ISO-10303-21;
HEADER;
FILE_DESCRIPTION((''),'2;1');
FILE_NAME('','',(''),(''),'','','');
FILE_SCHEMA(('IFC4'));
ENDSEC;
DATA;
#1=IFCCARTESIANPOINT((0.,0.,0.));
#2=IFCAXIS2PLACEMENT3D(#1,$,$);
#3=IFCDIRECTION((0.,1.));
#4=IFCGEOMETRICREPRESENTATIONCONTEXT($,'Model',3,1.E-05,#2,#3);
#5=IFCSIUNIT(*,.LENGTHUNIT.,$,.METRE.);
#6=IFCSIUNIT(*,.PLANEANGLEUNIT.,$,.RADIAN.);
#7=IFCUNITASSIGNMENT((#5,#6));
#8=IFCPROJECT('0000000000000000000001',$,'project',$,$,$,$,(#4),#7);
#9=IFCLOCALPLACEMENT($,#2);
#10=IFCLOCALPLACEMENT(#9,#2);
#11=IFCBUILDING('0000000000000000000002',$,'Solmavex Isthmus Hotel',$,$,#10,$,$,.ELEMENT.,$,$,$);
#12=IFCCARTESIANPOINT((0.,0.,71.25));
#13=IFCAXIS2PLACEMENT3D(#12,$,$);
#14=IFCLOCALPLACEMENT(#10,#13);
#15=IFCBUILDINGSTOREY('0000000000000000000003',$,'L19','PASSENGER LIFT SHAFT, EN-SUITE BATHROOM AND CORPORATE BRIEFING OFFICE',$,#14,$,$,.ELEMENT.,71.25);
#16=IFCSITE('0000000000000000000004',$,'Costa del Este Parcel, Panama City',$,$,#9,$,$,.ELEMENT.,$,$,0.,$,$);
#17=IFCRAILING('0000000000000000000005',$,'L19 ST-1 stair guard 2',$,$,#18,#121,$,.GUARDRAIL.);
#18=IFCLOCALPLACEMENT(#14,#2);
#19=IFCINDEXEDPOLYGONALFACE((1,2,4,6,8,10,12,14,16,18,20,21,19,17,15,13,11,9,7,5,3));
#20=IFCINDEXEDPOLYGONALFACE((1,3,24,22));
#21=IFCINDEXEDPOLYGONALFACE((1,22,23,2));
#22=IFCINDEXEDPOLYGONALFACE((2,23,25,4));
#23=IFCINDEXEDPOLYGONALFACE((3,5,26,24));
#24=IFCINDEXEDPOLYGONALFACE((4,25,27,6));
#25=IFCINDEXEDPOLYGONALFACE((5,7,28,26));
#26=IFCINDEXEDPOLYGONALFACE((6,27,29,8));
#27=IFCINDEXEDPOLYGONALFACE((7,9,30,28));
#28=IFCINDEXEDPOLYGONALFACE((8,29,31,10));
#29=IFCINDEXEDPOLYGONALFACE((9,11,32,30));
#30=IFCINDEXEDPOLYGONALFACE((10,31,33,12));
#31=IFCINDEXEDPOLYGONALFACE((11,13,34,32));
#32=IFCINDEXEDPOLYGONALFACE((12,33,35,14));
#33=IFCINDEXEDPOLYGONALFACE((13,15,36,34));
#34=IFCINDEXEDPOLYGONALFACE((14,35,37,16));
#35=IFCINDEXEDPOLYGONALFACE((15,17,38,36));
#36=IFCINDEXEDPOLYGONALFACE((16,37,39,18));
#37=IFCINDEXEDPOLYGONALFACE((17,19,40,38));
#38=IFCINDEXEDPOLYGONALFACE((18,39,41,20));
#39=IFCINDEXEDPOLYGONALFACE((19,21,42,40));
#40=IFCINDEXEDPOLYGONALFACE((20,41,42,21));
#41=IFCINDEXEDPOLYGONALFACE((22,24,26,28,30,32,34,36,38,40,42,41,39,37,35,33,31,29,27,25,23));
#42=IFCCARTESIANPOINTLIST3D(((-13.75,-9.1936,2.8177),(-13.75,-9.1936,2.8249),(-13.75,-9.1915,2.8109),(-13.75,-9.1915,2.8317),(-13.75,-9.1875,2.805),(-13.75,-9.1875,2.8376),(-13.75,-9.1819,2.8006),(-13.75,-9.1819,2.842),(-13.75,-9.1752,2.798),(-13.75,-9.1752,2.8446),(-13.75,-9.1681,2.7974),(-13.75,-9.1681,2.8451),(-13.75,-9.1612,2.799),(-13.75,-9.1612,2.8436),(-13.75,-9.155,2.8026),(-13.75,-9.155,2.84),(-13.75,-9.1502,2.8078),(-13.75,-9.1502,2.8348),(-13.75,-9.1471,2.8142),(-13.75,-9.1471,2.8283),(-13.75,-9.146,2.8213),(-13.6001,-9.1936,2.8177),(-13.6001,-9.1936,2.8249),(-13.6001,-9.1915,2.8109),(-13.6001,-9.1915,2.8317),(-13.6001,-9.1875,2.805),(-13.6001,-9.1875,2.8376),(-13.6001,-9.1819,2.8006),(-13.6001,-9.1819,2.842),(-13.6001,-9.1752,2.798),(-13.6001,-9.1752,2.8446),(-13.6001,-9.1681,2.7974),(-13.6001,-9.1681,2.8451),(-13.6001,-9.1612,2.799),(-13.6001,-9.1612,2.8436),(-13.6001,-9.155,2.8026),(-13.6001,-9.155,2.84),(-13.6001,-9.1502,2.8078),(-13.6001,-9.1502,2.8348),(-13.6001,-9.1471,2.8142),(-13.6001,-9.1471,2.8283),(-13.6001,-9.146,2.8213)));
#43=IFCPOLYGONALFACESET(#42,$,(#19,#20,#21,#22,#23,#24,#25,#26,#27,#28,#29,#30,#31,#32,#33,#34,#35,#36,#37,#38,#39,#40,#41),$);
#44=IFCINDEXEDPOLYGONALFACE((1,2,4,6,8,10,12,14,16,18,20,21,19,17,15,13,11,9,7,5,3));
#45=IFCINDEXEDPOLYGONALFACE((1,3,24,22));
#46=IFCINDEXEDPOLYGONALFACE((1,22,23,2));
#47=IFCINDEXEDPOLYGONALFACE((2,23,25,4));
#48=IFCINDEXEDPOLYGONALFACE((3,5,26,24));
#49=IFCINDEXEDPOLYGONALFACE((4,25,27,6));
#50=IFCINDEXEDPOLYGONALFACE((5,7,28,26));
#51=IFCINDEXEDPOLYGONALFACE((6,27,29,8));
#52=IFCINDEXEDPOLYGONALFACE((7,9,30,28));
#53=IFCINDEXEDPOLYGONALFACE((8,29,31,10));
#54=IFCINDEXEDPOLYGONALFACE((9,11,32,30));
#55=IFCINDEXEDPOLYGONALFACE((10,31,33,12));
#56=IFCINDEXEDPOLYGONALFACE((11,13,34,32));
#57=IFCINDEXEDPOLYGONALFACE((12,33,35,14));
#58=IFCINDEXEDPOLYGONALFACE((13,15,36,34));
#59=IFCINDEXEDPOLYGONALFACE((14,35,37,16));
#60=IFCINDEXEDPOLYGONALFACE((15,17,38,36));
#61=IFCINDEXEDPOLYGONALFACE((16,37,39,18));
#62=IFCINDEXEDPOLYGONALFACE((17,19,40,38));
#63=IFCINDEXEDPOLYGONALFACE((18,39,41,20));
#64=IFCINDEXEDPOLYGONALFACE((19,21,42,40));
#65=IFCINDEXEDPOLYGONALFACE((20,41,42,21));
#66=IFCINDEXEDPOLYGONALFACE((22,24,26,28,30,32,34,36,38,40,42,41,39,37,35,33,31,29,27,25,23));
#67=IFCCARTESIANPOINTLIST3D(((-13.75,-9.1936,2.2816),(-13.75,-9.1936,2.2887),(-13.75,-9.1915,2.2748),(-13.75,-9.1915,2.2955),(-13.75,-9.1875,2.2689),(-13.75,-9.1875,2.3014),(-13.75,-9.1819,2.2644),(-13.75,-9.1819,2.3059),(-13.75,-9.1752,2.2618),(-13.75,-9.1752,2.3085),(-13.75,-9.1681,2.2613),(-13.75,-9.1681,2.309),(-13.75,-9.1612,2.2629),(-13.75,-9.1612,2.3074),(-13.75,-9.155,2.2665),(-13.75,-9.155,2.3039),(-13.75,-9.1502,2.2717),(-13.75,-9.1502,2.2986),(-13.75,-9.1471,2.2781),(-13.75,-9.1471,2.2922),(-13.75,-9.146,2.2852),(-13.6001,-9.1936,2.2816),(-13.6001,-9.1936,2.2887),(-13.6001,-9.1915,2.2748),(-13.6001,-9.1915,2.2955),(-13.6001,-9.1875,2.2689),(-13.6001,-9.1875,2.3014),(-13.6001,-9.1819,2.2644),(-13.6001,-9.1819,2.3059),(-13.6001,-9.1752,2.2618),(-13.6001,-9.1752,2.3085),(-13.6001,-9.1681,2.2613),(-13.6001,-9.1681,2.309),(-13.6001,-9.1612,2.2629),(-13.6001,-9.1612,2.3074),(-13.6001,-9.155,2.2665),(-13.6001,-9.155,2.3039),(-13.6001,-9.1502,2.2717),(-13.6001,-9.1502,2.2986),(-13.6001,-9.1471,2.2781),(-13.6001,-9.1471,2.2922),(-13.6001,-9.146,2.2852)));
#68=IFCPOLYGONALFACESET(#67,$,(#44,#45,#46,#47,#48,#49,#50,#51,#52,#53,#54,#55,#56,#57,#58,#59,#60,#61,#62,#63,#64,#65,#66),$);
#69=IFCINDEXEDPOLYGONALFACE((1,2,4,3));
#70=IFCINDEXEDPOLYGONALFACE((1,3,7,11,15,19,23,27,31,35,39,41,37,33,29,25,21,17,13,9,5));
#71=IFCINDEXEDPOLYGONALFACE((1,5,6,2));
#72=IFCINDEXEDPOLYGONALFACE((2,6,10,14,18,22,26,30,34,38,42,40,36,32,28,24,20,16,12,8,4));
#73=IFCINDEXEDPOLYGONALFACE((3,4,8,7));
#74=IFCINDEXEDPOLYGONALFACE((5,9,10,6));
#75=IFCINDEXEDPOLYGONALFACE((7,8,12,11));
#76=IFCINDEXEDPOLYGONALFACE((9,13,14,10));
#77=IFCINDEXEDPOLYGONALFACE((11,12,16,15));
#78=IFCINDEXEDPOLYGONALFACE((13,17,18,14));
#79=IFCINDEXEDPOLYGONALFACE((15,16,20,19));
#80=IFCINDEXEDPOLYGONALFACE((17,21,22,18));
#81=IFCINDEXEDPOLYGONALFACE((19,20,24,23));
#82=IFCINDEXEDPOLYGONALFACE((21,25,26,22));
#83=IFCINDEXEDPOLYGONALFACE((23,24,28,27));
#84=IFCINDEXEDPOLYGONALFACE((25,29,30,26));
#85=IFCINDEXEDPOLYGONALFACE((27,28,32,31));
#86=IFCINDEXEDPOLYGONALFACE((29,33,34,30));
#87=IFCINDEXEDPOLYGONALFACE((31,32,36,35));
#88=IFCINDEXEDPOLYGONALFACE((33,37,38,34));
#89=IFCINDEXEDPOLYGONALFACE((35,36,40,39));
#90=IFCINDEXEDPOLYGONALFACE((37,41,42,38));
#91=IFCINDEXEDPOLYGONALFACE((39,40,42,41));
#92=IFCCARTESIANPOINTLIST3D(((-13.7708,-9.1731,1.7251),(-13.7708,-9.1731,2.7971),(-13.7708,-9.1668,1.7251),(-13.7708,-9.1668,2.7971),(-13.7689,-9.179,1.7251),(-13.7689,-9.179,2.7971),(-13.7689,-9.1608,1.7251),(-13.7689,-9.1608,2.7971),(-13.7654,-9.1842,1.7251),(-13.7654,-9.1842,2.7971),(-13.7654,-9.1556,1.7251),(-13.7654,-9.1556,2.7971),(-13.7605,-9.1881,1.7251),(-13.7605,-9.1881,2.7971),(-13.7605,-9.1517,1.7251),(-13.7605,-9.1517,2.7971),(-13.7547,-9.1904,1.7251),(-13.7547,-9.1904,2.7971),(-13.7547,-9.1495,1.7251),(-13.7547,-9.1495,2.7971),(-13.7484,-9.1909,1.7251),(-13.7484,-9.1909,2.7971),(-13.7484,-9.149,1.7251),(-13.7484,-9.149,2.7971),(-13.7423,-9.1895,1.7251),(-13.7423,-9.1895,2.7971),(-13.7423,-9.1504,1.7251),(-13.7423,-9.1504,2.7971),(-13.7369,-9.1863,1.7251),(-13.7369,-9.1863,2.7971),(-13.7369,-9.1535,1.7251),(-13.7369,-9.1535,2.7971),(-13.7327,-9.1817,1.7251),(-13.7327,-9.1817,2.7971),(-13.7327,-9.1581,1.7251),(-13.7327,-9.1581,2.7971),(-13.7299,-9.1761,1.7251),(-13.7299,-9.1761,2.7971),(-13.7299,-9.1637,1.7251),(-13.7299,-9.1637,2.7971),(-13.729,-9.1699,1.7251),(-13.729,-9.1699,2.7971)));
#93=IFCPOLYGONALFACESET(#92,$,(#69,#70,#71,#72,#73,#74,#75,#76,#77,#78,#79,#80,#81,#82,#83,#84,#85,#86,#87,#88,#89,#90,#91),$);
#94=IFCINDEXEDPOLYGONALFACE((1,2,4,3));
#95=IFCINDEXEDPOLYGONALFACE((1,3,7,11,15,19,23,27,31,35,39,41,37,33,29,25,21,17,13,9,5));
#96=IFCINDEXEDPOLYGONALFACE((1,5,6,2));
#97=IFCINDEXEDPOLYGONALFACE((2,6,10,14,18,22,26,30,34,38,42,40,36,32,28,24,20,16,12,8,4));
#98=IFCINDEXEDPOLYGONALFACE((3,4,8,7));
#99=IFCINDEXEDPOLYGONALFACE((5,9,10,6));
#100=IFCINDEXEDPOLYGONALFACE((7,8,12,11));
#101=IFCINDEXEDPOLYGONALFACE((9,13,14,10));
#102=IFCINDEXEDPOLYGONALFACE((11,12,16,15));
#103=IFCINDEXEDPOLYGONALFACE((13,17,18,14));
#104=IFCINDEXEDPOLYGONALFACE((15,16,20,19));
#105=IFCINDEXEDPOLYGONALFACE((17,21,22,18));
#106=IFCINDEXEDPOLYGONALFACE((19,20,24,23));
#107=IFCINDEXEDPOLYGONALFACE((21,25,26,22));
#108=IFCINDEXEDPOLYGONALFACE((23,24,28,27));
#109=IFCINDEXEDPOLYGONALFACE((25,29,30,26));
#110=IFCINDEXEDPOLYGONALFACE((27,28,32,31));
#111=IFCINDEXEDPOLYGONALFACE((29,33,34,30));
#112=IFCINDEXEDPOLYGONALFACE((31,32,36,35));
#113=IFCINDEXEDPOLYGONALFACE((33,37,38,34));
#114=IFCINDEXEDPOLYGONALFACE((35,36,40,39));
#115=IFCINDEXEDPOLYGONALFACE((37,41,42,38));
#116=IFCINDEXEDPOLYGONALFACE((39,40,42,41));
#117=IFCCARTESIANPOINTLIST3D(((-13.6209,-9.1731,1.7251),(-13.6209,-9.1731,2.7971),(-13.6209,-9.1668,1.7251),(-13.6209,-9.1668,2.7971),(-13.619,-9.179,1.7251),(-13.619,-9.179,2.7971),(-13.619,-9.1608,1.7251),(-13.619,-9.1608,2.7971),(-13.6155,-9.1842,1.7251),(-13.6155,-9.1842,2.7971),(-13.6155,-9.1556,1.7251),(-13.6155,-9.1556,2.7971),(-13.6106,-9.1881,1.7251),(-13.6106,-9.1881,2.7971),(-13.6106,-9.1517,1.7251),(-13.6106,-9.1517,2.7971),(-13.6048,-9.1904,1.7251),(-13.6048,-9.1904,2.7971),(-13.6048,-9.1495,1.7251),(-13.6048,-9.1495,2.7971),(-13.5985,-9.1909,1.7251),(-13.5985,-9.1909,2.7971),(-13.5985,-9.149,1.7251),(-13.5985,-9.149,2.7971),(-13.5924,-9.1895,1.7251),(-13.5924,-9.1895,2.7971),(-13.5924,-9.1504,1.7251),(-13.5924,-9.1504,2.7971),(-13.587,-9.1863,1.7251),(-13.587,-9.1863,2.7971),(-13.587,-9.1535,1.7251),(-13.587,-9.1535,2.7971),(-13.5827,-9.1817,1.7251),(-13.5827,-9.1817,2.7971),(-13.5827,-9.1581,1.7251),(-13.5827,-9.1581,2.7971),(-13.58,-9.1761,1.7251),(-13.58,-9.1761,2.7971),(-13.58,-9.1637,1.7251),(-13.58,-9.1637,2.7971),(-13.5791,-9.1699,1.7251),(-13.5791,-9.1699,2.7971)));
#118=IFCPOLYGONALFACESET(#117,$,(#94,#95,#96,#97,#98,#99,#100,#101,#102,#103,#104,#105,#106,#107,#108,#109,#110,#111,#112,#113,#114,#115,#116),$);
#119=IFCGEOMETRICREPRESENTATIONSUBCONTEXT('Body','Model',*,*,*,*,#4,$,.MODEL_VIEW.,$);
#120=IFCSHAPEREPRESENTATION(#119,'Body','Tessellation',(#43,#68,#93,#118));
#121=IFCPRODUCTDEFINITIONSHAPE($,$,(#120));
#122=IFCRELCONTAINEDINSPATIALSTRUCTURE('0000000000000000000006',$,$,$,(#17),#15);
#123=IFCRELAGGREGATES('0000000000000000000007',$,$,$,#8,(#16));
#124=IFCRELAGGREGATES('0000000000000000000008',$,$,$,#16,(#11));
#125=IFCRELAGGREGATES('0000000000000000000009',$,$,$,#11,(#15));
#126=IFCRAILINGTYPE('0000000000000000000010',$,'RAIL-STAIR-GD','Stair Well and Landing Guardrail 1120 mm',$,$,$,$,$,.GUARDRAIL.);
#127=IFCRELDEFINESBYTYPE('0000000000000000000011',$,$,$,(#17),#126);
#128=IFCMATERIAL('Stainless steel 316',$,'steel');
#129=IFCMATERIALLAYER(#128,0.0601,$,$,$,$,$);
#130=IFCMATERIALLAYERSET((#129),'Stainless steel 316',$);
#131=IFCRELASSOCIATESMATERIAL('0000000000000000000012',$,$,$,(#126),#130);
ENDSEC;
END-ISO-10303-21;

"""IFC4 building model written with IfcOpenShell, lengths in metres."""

from ifc_helpers import new_model, si_unit, direction, frame, origin, origin_2d, place, context, subcontext, project, spatial, circle, extrude, material, layer, layer_set, type_object, element, save


model = new_model("IFC4")

# Units and contexts
model_context = context("Model", 3, precision=1e-05, world=origin(), true_north=direction((0.0, 1.0)))
body_context = subcontext(model_context, "Body", "Model", "MODEL_VIEW")
ifc_project = project(units=[si_unit("LENGTHUNIT", "METRE"), si_unit("PLANEANGLEUNIT", "RADIAN")], contexts=[model_context])

# Site, building, storey
site_placement = place(None, origin())
site = spatial("IfcSite", under=ifc_project, at=site_placement, Name="Costa del Este Parcel, Panama City", CompositionType="ELEMENT", RefElevation=0.0)
building_placement = place(site_placement, origin())
building = spatial("IfcBuilding", under=site, at=building_placement, Name="Solmavex Isthmus Hotel", CompositionType="ELEMENT")
storey_placement = place(building_placement, frame((0.0, 0.0, 71.25)))
storey = spatial("IfcBuildingStorey", under=building, at=storey_placement, Name="L19", Description="PASSENGER LIFT SHAFT, EN-SUITE BATHROOM AND CORPORATE BRIEFING OFFICE", CompositionType="ELEMENT", Elevation=71.25)

# Shared definitions
ifc_material_1 = material(Name="Stainless steel 316", Category="steel")

# Railing
ifc_layer_1 = layer(ifc_material_1, 0.0601)
ifc_layer_set_1 = layer_set([ifc_layer_1], Name="Stainless steel 316")
railing_type_1 = type_object("IfcRailingType", Name="RAIL-STAIR-GD", Description="Stair Well and Landing Guardrail 1120 mm", PredefinedType="GUARDRAIL", material=ifc_layer_set_1)
railing_1_placement = place(storey_placement, frame((-13.75, -9.1699, 1.7251)))
element("IfcRailing", 1, at=railing_1_placement, inside=storey, type_object=railing_type_1, Name="L19 ST-1 stair guard 2", PredefinedType="GUARDRAIL", context=body_context, shape_type="SweptSolid", body=[
    extrude(circle(Radius=0.0239, at=origin_2d()), frame((0.0, 0.0, 1.0962), z_axis=(1.0, 0.0, 0.0), x_axis=(0.0, 1.0, 0.0)), (0.0, 0.0, 1.0), 0.1499),
    extrude(circle(Radius=0.0239, at=origin_2d()), frame((0.0, 0.0, 0.5601), z_axis=(1.0, 0.0, 0.0), x_axis=(0.0, 1.0, 0.0)), (0.0, 0.0, 1.0), 0.1499),
    extrude(circle(Radius=0.021, at=origin_2d()), origin(), (0.0, 0.0, 1.0), 1.072),
    extrude(circle(Radius=0.021, at=origin_2d()), frame((0.1499, 0.0, 0.0)), (0.0, 0.0, 1.0), 1.072),
])

save(model, "model.ifc")
